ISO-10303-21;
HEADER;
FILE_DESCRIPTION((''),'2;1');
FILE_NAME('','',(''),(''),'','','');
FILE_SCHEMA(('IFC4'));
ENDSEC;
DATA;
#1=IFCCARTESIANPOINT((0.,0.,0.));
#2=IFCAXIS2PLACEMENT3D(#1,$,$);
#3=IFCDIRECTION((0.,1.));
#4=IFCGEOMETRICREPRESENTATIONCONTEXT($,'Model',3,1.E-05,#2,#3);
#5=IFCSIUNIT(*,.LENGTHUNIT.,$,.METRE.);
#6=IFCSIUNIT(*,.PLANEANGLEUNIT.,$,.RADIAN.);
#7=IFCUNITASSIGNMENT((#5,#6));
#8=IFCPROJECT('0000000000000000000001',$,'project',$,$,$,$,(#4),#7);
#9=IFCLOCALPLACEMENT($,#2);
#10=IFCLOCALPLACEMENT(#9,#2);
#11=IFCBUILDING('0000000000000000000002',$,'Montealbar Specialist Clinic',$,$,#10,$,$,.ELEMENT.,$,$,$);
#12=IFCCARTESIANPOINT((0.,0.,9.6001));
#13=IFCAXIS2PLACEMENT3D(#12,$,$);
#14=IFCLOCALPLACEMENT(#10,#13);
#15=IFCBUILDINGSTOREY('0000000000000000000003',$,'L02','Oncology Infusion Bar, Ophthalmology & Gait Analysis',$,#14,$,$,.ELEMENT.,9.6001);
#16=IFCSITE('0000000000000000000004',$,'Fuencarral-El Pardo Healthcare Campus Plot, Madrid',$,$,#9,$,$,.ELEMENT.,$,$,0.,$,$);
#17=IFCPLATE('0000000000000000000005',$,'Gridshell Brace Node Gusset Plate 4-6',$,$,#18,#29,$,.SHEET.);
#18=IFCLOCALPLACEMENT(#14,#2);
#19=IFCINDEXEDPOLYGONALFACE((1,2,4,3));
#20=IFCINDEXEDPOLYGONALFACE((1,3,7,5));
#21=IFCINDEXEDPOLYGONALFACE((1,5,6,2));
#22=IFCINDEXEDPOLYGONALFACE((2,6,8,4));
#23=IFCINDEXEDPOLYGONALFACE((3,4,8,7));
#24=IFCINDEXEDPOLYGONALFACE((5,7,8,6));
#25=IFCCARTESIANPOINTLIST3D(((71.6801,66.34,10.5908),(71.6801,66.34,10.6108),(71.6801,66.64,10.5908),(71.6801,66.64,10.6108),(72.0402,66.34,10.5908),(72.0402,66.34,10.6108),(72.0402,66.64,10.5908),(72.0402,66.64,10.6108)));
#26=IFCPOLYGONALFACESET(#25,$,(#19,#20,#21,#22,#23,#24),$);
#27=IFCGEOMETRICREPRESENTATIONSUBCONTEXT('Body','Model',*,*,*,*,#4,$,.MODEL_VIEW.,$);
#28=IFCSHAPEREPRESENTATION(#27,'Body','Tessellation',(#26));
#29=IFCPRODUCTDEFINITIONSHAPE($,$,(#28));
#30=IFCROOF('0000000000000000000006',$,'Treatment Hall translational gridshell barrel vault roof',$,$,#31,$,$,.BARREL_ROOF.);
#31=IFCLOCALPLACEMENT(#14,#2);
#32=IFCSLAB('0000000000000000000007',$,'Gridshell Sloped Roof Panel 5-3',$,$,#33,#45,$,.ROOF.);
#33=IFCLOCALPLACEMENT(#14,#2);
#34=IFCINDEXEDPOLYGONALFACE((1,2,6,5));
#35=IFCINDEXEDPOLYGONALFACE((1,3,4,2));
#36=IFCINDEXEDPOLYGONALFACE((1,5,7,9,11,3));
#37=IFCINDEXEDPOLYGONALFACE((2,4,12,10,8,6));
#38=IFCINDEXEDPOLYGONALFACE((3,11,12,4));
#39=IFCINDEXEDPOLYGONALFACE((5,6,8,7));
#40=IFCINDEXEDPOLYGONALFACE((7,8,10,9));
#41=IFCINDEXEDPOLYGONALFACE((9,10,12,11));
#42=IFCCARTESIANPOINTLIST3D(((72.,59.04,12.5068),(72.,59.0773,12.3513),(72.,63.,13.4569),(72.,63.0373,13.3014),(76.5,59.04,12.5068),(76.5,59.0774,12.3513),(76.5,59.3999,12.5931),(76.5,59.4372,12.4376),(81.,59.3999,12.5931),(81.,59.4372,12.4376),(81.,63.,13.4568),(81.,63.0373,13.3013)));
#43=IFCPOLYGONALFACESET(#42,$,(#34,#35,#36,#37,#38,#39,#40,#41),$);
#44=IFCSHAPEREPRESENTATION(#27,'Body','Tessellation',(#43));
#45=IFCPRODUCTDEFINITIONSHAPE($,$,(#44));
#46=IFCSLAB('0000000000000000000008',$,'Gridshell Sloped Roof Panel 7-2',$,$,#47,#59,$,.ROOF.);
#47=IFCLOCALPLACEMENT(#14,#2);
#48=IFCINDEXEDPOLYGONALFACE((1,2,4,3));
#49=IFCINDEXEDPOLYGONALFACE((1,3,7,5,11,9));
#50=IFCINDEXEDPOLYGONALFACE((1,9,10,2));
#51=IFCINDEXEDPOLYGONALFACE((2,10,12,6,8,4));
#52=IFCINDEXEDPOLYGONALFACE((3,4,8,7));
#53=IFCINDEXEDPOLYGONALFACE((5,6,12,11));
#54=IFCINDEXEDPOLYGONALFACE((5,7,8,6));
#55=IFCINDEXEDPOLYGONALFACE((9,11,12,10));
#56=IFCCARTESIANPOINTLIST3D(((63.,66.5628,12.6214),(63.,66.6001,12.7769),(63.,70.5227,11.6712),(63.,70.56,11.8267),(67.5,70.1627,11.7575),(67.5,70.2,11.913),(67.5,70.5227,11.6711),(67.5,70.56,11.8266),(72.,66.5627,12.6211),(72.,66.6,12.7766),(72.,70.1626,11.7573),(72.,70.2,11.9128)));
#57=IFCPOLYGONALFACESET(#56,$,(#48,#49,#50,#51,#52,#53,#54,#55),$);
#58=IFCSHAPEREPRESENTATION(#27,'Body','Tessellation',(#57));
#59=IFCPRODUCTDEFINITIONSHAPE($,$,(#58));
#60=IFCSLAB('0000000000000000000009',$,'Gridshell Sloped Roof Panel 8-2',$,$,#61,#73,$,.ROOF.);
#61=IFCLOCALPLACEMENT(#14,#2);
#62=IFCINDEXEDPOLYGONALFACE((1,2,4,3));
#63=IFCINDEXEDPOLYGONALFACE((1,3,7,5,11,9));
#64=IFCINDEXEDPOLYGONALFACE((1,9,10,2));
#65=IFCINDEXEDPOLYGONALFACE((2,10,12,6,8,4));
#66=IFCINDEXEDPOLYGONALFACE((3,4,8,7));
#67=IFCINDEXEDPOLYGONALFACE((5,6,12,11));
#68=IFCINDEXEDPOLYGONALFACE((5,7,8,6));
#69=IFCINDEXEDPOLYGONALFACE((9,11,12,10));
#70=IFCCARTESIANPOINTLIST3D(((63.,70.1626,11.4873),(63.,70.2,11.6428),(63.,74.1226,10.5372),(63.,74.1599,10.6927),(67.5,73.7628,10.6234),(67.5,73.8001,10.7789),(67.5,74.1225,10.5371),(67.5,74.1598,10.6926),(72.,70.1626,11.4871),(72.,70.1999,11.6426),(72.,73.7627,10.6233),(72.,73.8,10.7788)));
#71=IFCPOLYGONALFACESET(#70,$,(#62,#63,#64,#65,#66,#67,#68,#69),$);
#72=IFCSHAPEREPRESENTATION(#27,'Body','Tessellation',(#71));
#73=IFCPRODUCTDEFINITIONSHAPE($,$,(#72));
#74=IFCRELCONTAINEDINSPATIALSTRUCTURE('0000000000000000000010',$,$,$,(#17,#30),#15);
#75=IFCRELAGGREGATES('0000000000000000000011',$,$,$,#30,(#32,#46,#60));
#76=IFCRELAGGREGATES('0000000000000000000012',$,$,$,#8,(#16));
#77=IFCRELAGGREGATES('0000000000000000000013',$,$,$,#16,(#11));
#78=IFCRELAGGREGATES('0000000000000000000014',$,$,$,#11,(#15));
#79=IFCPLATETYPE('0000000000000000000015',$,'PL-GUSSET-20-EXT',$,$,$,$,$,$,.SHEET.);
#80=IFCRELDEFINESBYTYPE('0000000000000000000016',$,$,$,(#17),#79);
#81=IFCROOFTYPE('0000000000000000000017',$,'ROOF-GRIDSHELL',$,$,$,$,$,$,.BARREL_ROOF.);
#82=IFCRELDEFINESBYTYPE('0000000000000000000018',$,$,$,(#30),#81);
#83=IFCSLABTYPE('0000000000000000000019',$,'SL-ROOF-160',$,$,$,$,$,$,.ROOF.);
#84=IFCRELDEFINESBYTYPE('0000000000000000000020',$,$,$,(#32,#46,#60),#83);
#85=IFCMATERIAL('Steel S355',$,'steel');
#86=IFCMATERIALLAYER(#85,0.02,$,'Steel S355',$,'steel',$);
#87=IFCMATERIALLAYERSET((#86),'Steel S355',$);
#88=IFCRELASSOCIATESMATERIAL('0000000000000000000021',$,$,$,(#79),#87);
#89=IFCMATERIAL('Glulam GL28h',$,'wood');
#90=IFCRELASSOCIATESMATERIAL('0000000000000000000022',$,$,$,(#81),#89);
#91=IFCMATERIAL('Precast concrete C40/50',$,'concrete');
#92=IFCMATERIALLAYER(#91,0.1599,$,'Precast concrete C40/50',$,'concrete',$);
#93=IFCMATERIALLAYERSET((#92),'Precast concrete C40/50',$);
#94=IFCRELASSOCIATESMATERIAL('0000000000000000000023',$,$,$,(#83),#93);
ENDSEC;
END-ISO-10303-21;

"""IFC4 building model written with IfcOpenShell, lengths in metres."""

from ifc_helpers import new_model, si_unit, direction, frame, origin, origin_2d, place, context, subcontext, project, spatial, polyline, rectangle, outline, extrude, material, layer, layer_set, type_object, element, aggregate, save


model = new_model("IFC4")

# Units and contexts
model_context = context("Model", 3, precision=1e-05, world=origin(), true_north=direction((0.0, 1.0)))
body_context = subcontext(model_context, "Body", "Model", "MODEL_VIEW")
ifc_project = project(units=[si_unit("LENGTHUNIT", "METRE"), si_unit("PLANEANGLEUNIT", "RADIAN")], contexts=[model_context])

# Site, building, storey
site_placement = place(None, origin())
site = spatial("IfcSite", under=ifc_project, at=site_placement, Name="Fuencarral-El Pardo Healthcare Campus Plot, Madrid", CompositionType="ELEMENT", RefElevation=0.0)
building_placement = place(site_placement, origin())
building = spatial("IfcBuilding", under=site, at=building_placement, Name="Montealbar Specialist Clinic", CompositionType="ELEMENT")
storey_placement = place(building_placement, frame((0.0, 0.0, 9.6001)))
storey = spatial("IfcBuildingStorey", under=building, at=storey_placement, Name="L02", Description="Oncology Infusion Bar, Ophthalmology & Gait Analysis", CompositionType="ELEMENT", Elevation=9.6001)

# Shared definitions
ifc_material_1 = material(Name="Steel S355", Category="steel")
ifc_material_2 = material(Name="Glulam GL28h", Category="wood")

# Plate
ifc_layer_1 = layer(ifc_material_1, 0.02, Name="Steel S355", Category="steel")
ifc_layer_set_1 = layer_set([ifc_layer_1], Name="Steel S355")
plate_type = type_object("IfcPlateType", Name="PL-GUSSET-20-EXT", PredefinedType="SHEET", material=ifc_layer_set_1)
for number, where, z_axis, x_axis, name in (
    (1, (71.8601, 66.49, 10.5908), (0.0, 0.0, 1.0), (1.0, 0.0, 0.0), "Gridshell Brace Node Gusset Plate 4-6"),
):
    element("IfcPlate", number, at=place(storey_placement, frame(where, z_axis=z_axis, x_axis=x_axis)), inside=storey, type_object=plate_type, Name=name, PredefinedType="SHEET", context=body_context, shape_type="SweptSolid", body=[
        extrude(rectangle(XDim=0.3601, YDim=0.3, at=origin_2d()), origin(), (0.0, 0.0, 1.0), 0.02),
    ])

# Roof, slabs
roof_type = type_object("IfcRoofType", Name="ROOF-GRIDSHELL", PredefinedType="BARREL_ROOF", material=ifc_material_2)
roof_placement = place(storey_placement, origin())
roof = element("IfcRoof", 2, at=roof_placement, inside=storey, type_object=roof_type, Name="Treatment Hall translational gridshell barrel vault roof", PredefinedType="BARREL_ROOF")
ifc_material_3 = material(Name="Precast concrete C40/50", Category="concrete")
ifc_layer_2 = layer(ifc_material_3, 0.1599, Name="Precast concrete C40/50", Category="concrete")
ifc_layer_set_2 = layer_set([ifc_layer_2], Name="Precast concrete C40/50")
slab_type = type_object("IfcSlabType", Name="SL-ROOF-160", PredefinedType="ROOF", material=ifc_layer_set_2)
slab_1_placement = place(storey_placement, frame((72.0, 59.04, 12.5068), z_axis=(0.000008, -0.233289, 0.972408), x_axis=(1.0, 0.000002, -0.000008)))
slab_1 = element("IfcSlab", 3, at=slab_1_placement, type_object=slab_type, Name="Gridshell Sloped Roof Panel 5-3", PredefinedType="ROOF", context=body_context, shape_type="SweptSolid", body=[
    extrude(outline(polyline([(0.0, 0.0), (4.5, 0.0), (4.5, 0.37), (9.0, 0.37), (9.0, 4.0723), (0.0, 4.0723), (0.0, 0.0)])), origin(), (0.0, 0.0, -1.0), 0.1599),
])
slab_2_placement = place(storey_placement, frame((63.0, 66.6001, 12.7769), z_axis=(0.000025, 0.233325, 0.972399), x_axis=(1.0, -0.000006, -0.000025)))
slab_2 = element("IfcSlab", 4, at=slab_2_placement, type_object=slab_type, Name="Gridshell Sloped Roof Panel 7-2", PredefinedType="ROOF", context=body_context, shape_type="SweptSolid", body=[
    extrude(outline(polyline([(0.0, 0.0), (9.0, 0.0), (9.0, 3.7021), (4.5, 3.7021), (4.5, 4.0723), (0.0, 4.0723), (0.0, 0.0)])), origin(), (0.0, 0.0, -1.0), 0.1599),
])
slab_3_placement = place(storey_placement, frame((63.0, 70.2, 11.6428), z_axis=(0.000022, 0.233318, 0.9724), x_axis=(1.0, -0.000005, -0.000021)))
slab_3 = element("IfcSlab", 5, at=slab_3_placement, type_object=slab_type, Name="Gridshell Sloped Roof Panel 8-2", PredefinedType="ROOF", context=body_context, shape_type="SweptSolid", body=[
    extrude(outline(polyline([(0.0, 0.0), (9.0, 0.0), (9.0, 3.7023), (4.5, 3.7023), (4.5, 4.0723), (0.0, 4.0723), (0.0, 0.0)])), origin(), (0.0, 0.0, -1.0), 0.1599),
])
aggregate(roof, [slab_1, slab_2, slab_3])

save(model, "model.ifc")
